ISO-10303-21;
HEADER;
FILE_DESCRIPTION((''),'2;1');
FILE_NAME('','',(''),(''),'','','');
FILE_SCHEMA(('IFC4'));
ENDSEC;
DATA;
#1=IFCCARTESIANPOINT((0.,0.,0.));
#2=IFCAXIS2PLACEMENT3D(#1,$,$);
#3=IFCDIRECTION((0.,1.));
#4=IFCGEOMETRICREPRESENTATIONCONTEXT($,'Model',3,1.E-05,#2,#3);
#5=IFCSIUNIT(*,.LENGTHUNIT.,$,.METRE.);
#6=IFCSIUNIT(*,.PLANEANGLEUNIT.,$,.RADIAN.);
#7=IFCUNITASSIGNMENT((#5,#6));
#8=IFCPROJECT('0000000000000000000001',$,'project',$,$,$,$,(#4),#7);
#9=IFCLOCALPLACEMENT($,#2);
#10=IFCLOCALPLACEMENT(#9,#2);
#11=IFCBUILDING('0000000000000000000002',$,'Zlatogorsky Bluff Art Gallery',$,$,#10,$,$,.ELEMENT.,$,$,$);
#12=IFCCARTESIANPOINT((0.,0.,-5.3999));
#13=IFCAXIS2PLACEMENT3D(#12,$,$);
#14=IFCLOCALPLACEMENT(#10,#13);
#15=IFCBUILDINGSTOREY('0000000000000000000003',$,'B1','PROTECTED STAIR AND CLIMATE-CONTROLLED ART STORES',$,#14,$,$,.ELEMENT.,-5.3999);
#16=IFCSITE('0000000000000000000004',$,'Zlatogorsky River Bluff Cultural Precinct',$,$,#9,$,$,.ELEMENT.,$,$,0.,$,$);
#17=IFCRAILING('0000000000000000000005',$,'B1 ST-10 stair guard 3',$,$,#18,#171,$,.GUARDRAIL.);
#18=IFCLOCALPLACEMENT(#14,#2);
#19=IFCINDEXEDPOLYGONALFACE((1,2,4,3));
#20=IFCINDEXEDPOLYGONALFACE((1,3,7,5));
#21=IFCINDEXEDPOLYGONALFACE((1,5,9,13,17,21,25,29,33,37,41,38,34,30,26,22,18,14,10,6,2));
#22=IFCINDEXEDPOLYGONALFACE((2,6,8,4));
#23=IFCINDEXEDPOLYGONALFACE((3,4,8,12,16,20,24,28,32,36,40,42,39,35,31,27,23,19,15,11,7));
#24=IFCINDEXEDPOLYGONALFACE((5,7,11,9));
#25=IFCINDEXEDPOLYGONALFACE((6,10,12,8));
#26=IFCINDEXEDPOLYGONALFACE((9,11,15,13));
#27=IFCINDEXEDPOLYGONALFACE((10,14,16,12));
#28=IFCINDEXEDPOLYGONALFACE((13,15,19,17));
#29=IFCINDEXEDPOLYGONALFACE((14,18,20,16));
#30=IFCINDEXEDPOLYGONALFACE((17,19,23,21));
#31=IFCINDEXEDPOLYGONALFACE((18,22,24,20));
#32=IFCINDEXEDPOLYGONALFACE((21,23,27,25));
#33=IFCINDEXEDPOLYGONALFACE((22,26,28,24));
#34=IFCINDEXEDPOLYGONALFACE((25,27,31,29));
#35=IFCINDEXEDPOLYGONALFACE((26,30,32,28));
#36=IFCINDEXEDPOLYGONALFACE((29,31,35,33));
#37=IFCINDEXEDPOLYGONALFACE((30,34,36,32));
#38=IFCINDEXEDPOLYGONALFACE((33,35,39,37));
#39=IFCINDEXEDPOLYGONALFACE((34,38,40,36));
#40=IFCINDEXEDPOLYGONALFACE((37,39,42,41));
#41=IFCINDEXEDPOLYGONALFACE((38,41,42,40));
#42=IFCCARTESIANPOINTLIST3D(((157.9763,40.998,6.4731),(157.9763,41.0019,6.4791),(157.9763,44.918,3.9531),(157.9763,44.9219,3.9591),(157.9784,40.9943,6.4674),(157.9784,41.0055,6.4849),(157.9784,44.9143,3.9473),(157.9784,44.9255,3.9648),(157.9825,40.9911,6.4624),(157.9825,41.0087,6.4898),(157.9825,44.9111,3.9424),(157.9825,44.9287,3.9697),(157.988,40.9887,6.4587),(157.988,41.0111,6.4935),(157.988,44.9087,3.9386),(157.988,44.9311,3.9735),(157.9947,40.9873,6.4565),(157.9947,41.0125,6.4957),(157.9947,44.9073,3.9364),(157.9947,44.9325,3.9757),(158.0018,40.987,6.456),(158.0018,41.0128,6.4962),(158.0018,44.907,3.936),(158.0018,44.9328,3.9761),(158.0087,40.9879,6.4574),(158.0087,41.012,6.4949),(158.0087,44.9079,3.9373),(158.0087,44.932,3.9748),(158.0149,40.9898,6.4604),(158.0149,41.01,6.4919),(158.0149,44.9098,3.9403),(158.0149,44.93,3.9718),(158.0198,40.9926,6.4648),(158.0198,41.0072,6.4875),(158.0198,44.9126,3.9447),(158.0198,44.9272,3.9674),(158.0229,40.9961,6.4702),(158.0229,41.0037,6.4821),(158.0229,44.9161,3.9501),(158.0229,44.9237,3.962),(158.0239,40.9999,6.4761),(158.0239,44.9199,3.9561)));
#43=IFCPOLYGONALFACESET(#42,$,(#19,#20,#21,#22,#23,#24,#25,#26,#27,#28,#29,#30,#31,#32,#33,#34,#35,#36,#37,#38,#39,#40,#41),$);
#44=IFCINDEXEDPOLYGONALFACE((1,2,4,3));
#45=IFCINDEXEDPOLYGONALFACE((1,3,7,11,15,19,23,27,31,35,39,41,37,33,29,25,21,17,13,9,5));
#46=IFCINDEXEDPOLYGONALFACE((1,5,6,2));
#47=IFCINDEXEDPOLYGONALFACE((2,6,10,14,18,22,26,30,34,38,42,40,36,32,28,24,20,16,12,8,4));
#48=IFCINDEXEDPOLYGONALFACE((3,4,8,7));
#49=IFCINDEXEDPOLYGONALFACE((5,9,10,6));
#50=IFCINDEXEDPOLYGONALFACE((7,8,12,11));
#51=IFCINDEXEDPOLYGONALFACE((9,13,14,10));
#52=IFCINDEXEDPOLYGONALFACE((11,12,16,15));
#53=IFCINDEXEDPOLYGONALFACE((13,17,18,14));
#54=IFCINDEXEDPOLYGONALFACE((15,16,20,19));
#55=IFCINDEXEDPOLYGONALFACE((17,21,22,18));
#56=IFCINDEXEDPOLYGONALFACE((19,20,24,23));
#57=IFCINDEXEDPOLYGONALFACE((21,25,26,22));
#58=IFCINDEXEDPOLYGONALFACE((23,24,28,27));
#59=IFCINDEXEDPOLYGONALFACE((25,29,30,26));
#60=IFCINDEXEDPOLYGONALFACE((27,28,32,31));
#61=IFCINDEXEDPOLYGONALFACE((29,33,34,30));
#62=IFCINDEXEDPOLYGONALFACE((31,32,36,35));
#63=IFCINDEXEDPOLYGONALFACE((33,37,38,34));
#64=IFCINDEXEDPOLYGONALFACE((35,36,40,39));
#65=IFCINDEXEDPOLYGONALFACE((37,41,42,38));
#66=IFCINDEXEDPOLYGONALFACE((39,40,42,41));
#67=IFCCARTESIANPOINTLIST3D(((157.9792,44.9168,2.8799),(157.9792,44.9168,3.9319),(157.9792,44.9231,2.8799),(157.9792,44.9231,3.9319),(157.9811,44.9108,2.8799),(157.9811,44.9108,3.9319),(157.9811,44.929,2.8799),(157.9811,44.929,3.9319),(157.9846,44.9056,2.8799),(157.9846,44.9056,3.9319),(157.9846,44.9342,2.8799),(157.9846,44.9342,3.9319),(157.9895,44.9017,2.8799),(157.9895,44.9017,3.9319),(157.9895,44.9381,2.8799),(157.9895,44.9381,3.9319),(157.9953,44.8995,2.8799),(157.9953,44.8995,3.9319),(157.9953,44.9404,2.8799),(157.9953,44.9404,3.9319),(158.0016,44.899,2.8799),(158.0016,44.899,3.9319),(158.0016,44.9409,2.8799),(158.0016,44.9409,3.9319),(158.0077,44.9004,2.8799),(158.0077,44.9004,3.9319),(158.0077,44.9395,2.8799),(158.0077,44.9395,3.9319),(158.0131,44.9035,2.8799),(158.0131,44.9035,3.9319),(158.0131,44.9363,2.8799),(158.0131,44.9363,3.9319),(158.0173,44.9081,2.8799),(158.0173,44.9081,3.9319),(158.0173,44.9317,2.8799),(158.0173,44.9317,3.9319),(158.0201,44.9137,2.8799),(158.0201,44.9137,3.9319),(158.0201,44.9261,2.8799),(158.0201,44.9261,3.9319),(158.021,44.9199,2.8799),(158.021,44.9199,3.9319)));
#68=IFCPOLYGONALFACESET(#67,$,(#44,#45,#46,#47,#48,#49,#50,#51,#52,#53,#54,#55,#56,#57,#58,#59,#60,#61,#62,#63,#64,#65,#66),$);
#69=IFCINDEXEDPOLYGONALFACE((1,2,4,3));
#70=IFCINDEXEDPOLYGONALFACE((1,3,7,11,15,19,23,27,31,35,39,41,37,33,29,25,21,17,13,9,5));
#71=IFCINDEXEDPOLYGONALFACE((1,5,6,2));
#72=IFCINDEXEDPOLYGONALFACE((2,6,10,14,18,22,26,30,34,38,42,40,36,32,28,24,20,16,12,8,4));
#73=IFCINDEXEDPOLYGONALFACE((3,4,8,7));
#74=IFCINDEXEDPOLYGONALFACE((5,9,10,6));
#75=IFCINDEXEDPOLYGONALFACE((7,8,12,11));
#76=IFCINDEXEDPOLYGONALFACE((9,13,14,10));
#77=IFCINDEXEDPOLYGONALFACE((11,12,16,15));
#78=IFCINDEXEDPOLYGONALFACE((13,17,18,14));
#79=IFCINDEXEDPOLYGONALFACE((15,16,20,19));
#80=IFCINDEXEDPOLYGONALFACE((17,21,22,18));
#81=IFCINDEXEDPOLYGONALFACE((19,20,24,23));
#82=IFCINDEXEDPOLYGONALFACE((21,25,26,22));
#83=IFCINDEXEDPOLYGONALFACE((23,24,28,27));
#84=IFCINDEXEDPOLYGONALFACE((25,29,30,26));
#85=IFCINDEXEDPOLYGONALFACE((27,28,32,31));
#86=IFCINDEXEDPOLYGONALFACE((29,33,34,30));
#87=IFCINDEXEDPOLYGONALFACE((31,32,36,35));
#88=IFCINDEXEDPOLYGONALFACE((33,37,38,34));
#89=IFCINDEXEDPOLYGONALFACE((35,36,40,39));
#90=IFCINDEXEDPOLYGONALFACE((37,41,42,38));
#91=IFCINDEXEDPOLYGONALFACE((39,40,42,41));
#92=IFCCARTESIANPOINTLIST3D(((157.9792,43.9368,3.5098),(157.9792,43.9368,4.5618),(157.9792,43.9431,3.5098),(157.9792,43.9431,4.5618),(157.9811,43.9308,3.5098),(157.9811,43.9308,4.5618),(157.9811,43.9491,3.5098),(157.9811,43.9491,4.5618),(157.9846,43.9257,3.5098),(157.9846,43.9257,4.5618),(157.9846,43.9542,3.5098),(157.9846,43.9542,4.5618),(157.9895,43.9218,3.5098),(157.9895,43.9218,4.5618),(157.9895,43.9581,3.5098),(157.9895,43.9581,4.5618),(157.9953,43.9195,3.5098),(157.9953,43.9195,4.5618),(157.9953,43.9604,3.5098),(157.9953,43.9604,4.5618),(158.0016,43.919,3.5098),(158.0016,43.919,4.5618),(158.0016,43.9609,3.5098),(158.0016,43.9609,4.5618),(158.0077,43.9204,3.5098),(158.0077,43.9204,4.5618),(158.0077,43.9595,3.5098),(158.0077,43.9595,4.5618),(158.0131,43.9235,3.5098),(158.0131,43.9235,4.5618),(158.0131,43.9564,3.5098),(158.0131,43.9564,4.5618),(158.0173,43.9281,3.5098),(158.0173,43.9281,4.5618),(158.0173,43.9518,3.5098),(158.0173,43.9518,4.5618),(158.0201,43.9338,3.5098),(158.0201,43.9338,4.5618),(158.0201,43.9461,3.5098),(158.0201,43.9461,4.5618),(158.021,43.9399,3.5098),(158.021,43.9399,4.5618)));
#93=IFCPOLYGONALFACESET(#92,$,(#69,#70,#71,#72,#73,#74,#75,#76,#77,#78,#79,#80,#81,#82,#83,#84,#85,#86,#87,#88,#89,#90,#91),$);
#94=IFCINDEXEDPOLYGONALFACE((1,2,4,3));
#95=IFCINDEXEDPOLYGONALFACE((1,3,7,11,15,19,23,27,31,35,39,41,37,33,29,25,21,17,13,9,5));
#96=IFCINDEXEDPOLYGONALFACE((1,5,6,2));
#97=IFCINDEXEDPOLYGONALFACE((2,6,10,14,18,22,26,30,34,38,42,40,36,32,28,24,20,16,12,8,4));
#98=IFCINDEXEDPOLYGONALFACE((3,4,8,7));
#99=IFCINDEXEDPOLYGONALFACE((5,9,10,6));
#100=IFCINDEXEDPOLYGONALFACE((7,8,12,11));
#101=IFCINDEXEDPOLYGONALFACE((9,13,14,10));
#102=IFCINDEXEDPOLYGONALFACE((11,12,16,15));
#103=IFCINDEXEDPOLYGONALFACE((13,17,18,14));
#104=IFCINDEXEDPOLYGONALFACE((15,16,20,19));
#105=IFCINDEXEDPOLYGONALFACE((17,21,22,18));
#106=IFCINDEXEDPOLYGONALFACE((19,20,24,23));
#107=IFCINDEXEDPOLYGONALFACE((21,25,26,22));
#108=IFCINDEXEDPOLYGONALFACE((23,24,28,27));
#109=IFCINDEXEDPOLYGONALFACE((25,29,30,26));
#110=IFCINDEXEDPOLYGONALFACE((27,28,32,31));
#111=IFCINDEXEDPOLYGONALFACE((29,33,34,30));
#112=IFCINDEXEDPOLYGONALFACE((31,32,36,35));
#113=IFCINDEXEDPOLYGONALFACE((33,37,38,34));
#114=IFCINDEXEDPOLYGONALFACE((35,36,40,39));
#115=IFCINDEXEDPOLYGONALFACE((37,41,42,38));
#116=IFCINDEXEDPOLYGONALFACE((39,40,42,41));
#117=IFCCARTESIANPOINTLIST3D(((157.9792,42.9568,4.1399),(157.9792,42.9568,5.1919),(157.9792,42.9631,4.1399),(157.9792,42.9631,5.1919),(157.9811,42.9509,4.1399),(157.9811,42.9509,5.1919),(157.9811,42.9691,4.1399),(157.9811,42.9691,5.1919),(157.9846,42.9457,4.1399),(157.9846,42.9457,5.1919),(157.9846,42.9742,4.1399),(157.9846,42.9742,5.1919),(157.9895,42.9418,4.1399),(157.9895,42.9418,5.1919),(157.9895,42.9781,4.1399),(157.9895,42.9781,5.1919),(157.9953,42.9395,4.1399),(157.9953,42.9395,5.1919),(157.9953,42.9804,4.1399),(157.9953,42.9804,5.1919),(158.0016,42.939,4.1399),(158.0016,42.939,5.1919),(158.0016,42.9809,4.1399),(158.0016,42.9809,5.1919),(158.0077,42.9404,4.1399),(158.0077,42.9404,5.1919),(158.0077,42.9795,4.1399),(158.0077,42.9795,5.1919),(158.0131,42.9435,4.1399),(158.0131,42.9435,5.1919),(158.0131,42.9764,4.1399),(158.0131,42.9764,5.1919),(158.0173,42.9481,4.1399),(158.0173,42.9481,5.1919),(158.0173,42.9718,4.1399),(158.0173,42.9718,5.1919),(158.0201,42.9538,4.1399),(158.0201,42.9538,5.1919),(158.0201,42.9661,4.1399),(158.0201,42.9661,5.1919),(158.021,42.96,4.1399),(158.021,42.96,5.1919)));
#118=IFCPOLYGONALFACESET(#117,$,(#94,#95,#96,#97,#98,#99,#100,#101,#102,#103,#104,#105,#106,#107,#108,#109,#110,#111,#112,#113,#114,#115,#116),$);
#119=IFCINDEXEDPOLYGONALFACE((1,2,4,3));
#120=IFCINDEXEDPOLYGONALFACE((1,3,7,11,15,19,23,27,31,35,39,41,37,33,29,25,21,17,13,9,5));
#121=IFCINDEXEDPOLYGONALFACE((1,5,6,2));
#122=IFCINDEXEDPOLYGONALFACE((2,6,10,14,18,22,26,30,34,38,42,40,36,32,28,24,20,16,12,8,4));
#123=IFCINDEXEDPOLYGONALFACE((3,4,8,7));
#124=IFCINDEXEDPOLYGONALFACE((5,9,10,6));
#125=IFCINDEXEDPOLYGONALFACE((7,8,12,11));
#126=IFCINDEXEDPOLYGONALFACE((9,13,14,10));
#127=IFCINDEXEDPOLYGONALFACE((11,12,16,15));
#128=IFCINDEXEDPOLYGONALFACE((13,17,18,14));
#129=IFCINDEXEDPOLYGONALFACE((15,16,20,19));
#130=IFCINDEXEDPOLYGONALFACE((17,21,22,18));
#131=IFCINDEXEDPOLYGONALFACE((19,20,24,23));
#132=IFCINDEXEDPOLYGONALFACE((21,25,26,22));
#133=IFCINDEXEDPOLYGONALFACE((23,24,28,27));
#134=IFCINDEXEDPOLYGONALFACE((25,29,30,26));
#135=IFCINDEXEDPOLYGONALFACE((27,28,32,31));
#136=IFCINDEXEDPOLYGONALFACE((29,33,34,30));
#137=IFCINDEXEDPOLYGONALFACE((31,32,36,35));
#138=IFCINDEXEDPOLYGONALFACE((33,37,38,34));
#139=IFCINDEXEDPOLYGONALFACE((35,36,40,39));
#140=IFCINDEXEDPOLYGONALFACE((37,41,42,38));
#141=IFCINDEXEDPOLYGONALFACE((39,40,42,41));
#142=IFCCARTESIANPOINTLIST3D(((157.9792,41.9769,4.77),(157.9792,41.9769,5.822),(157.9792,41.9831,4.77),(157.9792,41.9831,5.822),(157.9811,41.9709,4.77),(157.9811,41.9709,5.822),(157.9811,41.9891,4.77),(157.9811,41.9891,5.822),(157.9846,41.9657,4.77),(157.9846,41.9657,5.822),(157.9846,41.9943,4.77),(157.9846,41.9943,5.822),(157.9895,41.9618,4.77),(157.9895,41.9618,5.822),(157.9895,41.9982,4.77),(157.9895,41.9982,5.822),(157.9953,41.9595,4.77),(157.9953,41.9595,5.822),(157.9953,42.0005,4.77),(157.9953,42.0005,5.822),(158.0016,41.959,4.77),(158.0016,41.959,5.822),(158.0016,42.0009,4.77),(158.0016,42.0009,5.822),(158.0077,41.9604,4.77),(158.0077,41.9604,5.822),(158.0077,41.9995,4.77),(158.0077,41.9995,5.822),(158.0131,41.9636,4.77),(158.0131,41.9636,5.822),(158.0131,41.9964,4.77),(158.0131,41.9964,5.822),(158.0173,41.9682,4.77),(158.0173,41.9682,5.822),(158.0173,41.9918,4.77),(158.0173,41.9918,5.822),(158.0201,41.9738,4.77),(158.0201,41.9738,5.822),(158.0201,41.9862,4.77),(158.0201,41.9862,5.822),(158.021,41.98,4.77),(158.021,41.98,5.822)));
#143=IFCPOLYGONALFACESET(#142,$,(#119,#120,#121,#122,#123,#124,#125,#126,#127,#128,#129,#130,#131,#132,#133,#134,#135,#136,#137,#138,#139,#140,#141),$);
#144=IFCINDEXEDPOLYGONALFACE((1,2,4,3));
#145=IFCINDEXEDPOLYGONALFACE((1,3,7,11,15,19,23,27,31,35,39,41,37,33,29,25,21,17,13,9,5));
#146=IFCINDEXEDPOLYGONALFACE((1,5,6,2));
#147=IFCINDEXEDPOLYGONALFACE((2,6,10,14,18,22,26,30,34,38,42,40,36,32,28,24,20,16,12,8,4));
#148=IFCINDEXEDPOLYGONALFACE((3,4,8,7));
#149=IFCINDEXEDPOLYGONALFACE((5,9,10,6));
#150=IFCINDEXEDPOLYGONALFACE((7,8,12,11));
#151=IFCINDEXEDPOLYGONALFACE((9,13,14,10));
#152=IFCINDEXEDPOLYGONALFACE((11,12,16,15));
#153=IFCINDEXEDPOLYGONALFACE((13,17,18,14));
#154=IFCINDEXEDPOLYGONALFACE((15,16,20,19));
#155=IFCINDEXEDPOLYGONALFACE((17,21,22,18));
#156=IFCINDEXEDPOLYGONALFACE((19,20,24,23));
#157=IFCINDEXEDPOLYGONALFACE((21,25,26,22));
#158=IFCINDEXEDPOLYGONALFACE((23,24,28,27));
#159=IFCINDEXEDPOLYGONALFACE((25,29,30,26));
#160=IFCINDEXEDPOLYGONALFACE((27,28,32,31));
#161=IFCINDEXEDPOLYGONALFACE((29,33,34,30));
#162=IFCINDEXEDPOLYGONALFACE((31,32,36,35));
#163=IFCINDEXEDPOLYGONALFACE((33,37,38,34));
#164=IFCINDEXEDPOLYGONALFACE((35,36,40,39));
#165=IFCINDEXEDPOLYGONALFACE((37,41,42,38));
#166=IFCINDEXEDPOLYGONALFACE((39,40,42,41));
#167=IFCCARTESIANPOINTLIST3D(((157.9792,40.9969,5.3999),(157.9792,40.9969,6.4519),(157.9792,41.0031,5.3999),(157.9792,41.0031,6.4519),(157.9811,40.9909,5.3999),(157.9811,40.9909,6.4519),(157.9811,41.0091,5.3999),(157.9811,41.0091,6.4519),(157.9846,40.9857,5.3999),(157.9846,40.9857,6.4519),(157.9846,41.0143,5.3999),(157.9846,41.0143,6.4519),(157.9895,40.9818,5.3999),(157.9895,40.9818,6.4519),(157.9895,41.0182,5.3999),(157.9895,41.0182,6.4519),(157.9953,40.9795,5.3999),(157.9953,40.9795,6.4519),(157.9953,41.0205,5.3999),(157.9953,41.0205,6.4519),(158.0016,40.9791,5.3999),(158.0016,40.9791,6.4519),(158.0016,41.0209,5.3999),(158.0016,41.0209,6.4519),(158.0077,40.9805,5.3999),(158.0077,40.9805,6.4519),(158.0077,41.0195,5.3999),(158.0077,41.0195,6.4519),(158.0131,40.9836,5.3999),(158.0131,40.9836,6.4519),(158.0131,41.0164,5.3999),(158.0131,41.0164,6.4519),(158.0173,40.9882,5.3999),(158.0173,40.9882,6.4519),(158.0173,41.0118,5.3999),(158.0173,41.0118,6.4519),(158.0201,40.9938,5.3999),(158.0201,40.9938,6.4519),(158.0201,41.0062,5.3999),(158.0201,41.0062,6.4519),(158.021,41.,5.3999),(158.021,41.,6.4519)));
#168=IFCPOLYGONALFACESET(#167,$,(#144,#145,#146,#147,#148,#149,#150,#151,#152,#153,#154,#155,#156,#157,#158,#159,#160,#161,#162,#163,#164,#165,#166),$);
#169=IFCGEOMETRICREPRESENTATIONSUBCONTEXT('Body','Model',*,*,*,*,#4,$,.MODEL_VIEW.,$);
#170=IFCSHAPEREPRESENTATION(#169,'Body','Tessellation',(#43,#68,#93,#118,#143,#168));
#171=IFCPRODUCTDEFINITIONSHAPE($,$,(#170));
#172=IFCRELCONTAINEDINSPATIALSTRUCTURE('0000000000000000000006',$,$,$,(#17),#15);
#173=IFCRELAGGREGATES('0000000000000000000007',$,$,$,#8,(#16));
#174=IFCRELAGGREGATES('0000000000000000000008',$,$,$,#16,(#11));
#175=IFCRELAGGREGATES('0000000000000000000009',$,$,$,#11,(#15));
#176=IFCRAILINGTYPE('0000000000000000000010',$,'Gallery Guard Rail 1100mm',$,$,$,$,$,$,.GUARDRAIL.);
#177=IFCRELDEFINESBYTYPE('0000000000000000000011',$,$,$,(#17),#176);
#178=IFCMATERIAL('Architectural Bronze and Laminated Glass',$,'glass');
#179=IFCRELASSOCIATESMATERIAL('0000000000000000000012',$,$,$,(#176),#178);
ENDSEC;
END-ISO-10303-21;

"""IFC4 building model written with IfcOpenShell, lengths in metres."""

from ifc_helpers import new_model, si_unit, direction, frame, origin, origin_2d, place, context, subcontext, project, spatial, circle, extrude, material, type_object, element, save


model = new_model("IFC4")

# Units and contexts
model_context = context("Model", 3, precision=1e-05, world=origin(), true_north=direction((0.0, 1.0)))
body_context = subcontext(model_context, "Body", "Model", "MODEL_VIEW")
ifc_project = project(units=[si_unit("LENGTHUNIT", "METRE"), si_unit("PLANEANGLEUNIT", "RADIAN")], contexts=[model_context])

# Site, building, storey
site_placement = place(None, origin())
site = spatial("IfcSite", under=ifc_project, at=site_placement, Name="Zlatogorsky River Bluff Cultural Precinct", CompositionType="ELEMENT", RefElevation=0.0)
building_placement = place(site_placement, origin())
building = spatial("IfcBuilding", under=site, at=building_placement, Name="Zlatogorsky Bluff Art Gallery", CompositionType="ELEMENT")
storey_placement = place(building_placement, frame((0.0, 0.0, -5.3999)))
storey = spatial("IfcBuildingStorey", under=building, at=storey_placement, Name="B1", Description="PROTECTED STAIR AND CLIMATE-CONTROLLED ART STORES", CompositionType="ELEMENT", Elevation=-5.3999)

# Railing
ifc_material_1 = material(Name="Architectural Bronze and Laminated Glass", Category="glass")
railing_type_1 = type_object("IfcRailingType", Name="Gallery Guard Rail 1100mm", PredefinedType="GUARDRAIL", material=ifc_material_1)
railing_1_placement = place(storey_placement, frame((158.0, 44.9199, 2.8799)))
element("IfcRailing", 1, at=railing_1_placement, inside=storey, type_object=railing_type_1, Name="B1 ST-10 stair guard 3", PredefinedType="GUARDRAIL", context=body_context, shape_type="SweptSolid", body=[
    extrude(circle(Radius=0.0239, at=origin_2d()), frame((0.0, 0.0, 1.0762), z_axis=(0.0, -0.841172, 0.540768), x_axis=(1.0, 0.0, 0.0)), (0.0, 0.0, 1.0), 4.6602),
    extrude(circle(Radius=0.021, at=origin_2d()), origin(), (0.0, 0.0, 1.0), 1.052),
    extrude(circle(Radius=0.021, at=origin_2d()), frame((0.0, -0.98, 0.6299)), (0.0, 0.0, 1.0), 1.052),
    extrude(circle(Radius=0.021, at=origin_2d()), frame((0.0, -1.96, 1.26)), (0.0, 0.0, 1.0), 1.052),
    extrude(circle(Radius=0.021, at=origin_2d()), frame((0.0, -2.9399, 1.8901)), (0.0, 0.0, 1.0), 1.052),
    extrude(circle(Radius=0.021, at=origin_2d()), frame((0.0, -3.9199, 2.52)), (0.0, 0.0, 1.0), 1.052),
])

save(model, "model.ifc")
